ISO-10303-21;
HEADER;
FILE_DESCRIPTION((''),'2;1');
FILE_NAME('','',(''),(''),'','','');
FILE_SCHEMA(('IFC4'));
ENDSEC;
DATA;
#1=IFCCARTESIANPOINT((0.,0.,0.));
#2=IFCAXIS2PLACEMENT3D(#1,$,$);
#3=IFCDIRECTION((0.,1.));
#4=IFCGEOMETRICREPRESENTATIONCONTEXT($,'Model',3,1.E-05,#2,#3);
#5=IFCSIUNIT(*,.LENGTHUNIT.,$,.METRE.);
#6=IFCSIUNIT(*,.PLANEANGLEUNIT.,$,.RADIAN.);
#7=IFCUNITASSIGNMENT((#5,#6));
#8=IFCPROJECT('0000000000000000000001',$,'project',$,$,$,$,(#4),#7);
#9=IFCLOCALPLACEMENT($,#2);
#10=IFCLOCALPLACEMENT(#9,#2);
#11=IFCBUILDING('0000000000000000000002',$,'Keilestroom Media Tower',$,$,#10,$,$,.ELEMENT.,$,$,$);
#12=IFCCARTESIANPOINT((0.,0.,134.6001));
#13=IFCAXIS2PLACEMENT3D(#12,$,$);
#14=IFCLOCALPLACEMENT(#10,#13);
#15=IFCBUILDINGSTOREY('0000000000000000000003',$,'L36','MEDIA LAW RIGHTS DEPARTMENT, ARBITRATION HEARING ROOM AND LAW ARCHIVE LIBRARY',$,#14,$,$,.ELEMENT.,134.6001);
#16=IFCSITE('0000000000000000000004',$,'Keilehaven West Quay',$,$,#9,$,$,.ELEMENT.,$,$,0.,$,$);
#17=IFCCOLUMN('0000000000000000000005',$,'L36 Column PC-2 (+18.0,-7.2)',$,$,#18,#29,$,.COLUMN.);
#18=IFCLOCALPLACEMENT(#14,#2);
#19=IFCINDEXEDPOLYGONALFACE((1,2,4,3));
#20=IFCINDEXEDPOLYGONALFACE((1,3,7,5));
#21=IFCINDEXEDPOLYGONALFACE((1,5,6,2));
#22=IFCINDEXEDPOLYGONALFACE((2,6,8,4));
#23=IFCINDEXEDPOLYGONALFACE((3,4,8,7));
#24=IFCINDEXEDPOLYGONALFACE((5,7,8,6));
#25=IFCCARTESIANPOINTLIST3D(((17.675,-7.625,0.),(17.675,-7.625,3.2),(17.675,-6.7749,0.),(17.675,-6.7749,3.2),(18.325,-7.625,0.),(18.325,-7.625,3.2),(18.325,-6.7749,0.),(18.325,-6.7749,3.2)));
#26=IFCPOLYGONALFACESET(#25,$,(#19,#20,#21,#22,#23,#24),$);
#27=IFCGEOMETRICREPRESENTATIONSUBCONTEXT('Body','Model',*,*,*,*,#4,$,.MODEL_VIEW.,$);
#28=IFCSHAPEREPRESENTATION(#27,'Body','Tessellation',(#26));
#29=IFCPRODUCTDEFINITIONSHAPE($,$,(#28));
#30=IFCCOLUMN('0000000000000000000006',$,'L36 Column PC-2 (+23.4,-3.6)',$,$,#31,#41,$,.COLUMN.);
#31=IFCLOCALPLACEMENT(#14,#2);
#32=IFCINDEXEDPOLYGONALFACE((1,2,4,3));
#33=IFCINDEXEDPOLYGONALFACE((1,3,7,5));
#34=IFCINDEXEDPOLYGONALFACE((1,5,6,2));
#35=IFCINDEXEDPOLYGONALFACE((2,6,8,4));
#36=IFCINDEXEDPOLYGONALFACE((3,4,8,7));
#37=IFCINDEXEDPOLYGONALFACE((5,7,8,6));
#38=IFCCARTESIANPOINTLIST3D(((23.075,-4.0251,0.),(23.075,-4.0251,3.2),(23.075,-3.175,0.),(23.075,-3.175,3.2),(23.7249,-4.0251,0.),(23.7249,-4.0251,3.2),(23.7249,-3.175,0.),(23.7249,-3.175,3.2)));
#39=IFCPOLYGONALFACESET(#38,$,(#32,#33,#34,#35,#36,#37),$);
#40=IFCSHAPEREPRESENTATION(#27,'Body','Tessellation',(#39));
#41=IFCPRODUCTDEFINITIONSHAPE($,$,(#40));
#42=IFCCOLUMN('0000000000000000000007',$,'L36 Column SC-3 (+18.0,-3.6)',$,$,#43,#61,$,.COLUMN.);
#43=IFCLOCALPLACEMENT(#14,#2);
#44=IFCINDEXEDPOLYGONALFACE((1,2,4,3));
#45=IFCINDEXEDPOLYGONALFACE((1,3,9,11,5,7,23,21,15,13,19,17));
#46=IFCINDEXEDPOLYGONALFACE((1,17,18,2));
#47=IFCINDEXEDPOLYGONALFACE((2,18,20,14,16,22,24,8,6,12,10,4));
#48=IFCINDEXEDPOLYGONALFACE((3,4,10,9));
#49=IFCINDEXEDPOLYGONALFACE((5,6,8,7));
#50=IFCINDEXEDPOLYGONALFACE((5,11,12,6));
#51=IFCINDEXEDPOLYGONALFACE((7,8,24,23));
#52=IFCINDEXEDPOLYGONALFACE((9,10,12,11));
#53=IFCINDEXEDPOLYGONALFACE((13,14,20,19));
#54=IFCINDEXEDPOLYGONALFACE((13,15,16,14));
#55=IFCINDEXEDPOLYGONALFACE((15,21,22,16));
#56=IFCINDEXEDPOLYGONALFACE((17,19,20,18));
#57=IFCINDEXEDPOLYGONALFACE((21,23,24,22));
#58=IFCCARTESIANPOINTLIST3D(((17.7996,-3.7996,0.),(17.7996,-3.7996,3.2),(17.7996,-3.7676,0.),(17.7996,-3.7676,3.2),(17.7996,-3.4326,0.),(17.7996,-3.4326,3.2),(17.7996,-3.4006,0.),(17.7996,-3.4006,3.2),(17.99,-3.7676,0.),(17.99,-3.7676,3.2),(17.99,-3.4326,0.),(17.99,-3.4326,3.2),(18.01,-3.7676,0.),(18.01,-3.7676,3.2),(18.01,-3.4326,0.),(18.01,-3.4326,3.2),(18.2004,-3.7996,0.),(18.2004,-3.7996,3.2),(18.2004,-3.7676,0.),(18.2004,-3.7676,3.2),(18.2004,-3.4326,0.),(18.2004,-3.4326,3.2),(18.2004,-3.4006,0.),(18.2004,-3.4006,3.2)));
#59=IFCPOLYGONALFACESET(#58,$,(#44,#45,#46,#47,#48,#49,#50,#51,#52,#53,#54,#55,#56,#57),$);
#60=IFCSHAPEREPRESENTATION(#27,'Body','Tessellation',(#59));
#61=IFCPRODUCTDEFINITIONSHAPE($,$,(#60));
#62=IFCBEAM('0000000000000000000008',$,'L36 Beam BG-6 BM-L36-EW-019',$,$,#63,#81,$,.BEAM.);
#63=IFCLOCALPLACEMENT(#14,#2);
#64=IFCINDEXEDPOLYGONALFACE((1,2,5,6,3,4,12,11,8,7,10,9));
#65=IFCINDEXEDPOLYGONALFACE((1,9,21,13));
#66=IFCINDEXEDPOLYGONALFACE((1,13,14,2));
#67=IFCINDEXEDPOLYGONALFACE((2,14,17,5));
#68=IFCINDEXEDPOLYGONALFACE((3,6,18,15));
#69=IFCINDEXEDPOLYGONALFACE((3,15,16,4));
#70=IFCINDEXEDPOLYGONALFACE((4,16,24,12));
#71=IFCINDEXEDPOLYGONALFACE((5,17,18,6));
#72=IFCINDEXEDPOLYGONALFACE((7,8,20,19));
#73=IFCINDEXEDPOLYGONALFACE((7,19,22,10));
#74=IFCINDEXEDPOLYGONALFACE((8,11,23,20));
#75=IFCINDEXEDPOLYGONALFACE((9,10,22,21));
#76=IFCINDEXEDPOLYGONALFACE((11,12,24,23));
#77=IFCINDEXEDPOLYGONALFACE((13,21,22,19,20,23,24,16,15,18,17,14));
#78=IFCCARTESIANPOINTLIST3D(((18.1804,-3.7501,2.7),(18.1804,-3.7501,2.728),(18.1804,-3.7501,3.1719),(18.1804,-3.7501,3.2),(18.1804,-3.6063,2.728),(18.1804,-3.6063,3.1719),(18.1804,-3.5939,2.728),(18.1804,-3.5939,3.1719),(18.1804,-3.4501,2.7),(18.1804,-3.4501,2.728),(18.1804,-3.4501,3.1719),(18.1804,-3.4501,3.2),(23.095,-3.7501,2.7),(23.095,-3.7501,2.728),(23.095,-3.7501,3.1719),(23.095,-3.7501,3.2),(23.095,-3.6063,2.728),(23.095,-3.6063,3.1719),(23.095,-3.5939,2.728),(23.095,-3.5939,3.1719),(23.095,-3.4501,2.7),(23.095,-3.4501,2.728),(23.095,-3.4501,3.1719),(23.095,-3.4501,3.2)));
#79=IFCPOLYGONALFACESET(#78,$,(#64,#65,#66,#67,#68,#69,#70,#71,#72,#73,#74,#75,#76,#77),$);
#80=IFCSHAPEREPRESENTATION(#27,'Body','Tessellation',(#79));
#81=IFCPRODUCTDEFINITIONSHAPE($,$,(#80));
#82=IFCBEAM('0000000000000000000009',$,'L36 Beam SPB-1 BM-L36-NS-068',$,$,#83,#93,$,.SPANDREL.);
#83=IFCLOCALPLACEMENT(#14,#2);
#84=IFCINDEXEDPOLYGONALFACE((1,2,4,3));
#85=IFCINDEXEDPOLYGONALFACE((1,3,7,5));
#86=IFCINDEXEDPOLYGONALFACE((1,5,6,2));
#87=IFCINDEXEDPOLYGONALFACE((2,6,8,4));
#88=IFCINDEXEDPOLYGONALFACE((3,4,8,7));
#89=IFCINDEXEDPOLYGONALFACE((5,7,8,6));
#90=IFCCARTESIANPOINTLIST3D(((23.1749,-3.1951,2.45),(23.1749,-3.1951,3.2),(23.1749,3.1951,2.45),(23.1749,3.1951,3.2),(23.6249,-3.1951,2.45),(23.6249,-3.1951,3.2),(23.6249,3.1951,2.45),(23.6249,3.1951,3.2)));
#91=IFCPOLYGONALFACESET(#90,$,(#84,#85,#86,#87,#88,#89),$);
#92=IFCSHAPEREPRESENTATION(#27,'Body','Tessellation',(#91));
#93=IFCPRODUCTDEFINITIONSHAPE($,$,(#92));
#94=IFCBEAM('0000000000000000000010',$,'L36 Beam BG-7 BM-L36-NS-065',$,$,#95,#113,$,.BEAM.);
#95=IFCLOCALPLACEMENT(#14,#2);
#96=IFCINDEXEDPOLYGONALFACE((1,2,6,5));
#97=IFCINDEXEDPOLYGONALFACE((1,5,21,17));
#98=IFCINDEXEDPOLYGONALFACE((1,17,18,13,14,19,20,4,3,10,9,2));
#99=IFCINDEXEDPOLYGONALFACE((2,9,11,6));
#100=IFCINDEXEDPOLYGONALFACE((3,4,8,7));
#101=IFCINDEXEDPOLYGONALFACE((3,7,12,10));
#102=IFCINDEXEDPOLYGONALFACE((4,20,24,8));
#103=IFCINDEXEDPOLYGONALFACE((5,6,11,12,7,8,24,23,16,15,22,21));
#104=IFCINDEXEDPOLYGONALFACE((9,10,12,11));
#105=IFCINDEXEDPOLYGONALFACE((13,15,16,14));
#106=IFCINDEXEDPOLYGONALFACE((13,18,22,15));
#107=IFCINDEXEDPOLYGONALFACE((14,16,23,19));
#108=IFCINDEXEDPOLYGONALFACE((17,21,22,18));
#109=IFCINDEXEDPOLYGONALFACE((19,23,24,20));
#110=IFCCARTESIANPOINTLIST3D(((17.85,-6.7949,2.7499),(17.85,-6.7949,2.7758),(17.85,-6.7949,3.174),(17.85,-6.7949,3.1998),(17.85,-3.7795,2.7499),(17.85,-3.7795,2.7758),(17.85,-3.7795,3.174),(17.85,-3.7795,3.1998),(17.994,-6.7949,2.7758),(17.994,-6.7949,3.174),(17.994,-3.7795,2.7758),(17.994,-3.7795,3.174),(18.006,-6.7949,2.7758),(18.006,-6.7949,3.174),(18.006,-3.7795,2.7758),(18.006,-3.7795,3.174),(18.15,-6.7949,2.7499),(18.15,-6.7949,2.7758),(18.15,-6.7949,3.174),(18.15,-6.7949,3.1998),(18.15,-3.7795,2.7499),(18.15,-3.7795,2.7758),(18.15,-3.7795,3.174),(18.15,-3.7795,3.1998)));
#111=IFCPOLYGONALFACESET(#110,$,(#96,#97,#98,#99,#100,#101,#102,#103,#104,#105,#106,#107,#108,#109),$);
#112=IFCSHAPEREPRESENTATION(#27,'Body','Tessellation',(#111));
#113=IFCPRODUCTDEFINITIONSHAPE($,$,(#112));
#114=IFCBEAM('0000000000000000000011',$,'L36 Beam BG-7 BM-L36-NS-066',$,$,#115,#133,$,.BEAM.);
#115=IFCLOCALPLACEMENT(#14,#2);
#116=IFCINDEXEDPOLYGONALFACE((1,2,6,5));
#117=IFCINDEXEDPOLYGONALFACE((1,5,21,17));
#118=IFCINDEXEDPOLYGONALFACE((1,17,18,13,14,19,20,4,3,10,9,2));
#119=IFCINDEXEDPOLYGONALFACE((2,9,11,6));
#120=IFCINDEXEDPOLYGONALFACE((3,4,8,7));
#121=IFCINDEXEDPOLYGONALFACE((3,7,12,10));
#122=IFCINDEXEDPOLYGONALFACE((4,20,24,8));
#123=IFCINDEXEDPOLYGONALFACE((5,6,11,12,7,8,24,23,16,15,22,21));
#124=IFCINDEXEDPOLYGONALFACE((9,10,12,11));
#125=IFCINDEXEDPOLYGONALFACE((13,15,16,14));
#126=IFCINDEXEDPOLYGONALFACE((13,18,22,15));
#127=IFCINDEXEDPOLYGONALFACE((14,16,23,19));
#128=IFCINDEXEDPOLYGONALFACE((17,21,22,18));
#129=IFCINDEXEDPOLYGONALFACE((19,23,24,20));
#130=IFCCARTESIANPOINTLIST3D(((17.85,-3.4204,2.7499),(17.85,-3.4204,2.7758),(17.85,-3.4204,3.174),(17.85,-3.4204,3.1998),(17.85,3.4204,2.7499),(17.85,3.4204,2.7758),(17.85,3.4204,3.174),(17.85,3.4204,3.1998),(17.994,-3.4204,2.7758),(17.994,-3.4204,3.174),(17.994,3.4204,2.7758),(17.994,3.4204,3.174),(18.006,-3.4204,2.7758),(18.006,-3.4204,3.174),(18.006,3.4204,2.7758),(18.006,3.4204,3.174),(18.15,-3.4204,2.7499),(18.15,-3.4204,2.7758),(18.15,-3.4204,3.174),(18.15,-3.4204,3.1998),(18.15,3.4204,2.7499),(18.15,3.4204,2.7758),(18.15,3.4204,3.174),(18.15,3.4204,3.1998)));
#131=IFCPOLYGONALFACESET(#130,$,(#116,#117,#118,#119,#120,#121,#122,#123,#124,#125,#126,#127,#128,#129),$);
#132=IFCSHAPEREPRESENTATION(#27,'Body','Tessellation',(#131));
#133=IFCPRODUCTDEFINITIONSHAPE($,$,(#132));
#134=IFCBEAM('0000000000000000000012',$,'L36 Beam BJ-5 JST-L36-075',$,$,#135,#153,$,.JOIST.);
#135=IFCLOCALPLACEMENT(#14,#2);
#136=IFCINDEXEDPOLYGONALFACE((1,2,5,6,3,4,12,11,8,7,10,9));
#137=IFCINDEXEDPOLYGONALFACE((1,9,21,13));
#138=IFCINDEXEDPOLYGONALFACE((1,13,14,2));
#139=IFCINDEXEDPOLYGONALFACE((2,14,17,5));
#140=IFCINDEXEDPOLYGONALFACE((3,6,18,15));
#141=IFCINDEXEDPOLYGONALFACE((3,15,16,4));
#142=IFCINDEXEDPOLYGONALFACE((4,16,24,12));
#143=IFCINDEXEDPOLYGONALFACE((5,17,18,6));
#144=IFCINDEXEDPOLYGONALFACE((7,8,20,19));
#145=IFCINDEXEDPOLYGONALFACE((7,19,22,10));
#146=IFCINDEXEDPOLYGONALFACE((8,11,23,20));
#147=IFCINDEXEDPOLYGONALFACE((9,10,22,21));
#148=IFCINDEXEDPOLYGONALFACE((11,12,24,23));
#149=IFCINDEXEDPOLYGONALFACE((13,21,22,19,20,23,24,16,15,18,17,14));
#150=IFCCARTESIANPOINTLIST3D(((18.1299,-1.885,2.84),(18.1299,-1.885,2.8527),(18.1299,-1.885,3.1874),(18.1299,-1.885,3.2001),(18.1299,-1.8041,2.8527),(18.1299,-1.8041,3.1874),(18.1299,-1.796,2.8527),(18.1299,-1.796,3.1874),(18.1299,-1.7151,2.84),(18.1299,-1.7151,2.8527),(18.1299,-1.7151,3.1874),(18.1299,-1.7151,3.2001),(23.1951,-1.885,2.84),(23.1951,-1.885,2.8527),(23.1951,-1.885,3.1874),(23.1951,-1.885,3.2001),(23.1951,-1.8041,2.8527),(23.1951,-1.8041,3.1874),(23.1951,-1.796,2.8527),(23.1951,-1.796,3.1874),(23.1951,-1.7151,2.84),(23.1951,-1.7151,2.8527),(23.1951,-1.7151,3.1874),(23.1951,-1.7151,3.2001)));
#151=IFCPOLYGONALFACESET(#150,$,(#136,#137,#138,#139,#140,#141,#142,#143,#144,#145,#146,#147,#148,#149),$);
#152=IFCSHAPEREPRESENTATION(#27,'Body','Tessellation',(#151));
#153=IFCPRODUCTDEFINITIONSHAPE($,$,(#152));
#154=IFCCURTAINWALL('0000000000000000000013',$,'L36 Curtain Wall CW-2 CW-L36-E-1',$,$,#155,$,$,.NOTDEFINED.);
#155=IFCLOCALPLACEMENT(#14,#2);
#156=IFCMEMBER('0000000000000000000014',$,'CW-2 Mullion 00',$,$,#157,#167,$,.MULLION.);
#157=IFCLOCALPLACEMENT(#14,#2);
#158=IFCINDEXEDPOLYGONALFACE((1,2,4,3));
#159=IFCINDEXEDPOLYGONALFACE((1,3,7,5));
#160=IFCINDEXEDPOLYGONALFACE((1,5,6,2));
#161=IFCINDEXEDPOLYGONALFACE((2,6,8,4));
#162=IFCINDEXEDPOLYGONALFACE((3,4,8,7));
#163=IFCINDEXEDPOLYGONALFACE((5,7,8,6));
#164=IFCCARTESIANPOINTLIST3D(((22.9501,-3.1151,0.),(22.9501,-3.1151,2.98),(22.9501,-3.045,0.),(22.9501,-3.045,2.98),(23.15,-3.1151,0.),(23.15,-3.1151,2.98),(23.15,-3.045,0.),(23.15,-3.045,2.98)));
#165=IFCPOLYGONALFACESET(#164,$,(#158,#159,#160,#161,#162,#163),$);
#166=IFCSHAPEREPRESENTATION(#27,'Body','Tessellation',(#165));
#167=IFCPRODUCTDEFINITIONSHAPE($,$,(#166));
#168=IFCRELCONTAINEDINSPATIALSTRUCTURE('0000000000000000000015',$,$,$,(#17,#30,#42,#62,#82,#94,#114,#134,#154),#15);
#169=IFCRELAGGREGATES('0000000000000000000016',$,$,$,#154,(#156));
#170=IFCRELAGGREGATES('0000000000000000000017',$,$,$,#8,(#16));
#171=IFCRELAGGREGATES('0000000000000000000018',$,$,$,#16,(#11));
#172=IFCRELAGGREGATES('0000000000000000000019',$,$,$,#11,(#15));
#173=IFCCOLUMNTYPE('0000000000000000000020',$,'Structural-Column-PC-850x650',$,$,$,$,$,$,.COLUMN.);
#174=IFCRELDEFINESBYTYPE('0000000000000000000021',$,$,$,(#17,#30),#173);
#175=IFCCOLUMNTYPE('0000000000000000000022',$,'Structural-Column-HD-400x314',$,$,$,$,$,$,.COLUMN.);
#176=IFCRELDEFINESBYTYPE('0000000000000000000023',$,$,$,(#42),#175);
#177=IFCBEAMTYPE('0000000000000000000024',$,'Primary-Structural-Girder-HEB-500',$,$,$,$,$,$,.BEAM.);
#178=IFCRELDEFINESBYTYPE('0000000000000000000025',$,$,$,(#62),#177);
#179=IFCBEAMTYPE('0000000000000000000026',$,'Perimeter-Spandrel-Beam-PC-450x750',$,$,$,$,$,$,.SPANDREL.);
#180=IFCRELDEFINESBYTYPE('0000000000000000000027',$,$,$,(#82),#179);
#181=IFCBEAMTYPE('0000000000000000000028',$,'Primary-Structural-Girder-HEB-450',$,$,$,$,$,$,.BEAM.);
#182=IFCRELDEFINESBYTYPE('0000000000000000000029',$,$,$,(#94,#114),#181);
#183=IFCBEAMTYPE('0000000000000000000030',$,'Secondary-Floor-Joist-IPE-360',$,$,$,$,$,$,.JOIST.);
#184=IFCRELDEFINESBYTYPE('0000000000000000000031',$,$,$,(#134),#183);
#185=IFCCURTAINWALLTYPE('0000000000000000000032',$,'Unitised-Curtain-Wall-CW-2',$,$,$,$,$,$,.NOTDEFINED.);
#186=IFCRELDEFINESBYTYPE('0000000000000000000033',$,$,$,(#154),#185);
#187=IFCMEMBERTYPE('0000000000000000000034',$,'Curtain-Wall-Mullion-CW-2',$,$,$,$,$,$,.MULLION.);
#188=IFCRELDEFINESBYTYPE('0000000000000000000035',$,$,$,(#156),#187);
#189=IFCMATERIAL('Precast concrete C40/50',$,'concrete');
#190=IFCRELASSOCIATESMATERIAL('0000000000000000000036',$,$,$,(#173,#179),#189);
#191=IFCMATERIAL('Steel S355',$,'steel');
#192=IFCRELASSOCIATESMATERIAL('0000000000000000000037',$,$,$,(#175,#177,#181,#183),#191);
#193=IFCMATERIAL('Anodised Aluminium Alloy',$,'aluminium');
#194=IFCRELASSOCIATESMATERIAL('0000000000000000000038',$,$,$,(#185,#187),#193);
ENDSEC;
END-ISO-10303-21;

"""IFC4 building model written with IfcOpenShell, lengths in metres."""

from ifc_helpers import new_model, si_unit, direction, frame, origin, origin_2d, place, context, subcontext, project, spatial, rectangle, i_section, extrude, source, transform, mapped, material, material_profile, profile_set, type_object, element, aggregate, save


model = new_model("IFC4")

# Units and contexts
model_context = context("Model", 3, precision=1e-05, world=origin(), true_north=direction((0.0, 1.0)))
body_context = subcontext(model_context, "Body", "Model", "MODEL_VIEW")
ifc_project = project(units=[si_unit("LENGTHUNIT", "METRE"), si_unit("PLANEANGLEUNIT", "RADIAN")], contexts=[model_context])

# Site, building, storey
site_placement = place(None, origin())
site = spatial("IfcSite", under=ifc_project, at=site_placement, Name="Keilehaven West Quay", CompositionType="ELEMENT", RefElevation=0.0)
building_placement = place(site_placement, origin())
building = spatial("IfcBuilding", under=site, at=building_placement, Name="Keilestroom Media Tower", CompositionType="ELEMENT")
storey_placement = place(building_placement, frame((0.0, 0.0, 134.6001)))
storey = spatial("IfcBuildingStorey", under=building, at=storey_placement, Name="L36", Description="MEDIA LAW RIGHTS DEPARTMENT, ARBITRATION HEARING ROOM AND LAW ARCHIVE LIBRARY", CompositionType="ELEMENT", Elevation=134.6001)

# Columns
ifc_material_1 = material(Name="Precast concrete C40/50", Category="concrete")
ifc_material_profile_1 = material_profile(ifc_material_1, rectangle(XDim=0.6499, YDim=0.8501, at=origin_2d()), Name="PC 850x650")
ifc_profile_set_1 = profile_set([ifc_material_profile_1], Name="Precast concrete C40/50")
column_type_1 = type_object("IfcColumnType", Name="Structural-Column-PC-850x650", PredefinedType="COLUMN", material=ifc_profile_set_1)
shared_shape_1 = source(origin(), body_context, "Body", "SweptSolid", [
    extrude(rectangle(XDim=0.6499, YDim=0.8501, at=origin_2d()), origin(), (0.0, 0.0, 1.0), 3.2),
])
for number, where, z_axis, x_axis, name in (
    (1, (18.0, -7.2, 0.0), (0.0, 0.0, 1.0), (1.0, 0.0, 0.0), "L36 Column PC-2 (+18.0,-7.2)"),
    (2, (23.3999, -3.6001, 0.0), (0.0, 0.0, 1.0), (1.0, 0.0, 0.0), "L36 Column PC-2 (+23.4,-3.6)"),
):
    element("IfcColumn", number, at=place(storey_placement, frame(where, z_axis=z_axis, x_axis=x_axis)), inside=storey, type_object=column_type_1, Name=name, PredefinedType="COLUMN", context=body_context, shape_type="MappedRepresentation", body=[
        mapped(shared_shape_1, transform((0.0, 0.0, 0.0), x_axis=(1.0, 0.0, 0.0), y_axis=(0.0, 1.0, 0.0), z_axis=(0.0, 0.0, 1.0), scale=1.0)),
    ])
ifc_material_2 = material(Name="Steel S355", Category="steel")
ifc_material_profile_2 = material_profile(ifc_material_2, i_section(OverallWidth=0.4009, OverallDepth=0.3989, WebThickness=0.02, FlangeThickness=0.032, at=origin_2d()), Name="HD 400x314")
ifc_profile_set_2 = profile_set([ifc_material_profile_2], Name="Steel S355")
column_type_2 = type_object("IfcColumnType", Name="Structural-Column-HD-400x314", PredefinedType="COLUMN", material=ifc_profile_set_2)
shared_shape_2 = source(origin(), body_context, "Body", "SweptSolid", [
    extrude(i_section(OverallWidth=0.4009, OverallDepth=0.3989, WebThickness=0.02, FlangeThickness=0.032, at=origin_2d()), origin(), (0.0, 0.0, 1.0), 3.2),
])
column_placement = place(storey_placement, frame((18.0, -3.6001, 0.0), z_axis=(0.0, 0.0, 1.0), x_axis=(1.0, 0.0, 0.0)))
element("IfcColumn", 3, at=column_placement, inside=storey, type_object=column_type_2, Name="L36 Column SC-3 (+18.0,-3.6)", PredefinedType="COLUMN", context=body_context, shape_type="MappedRepresentation", body=[
    mapped(shared_shape_2, transform((0.0, 0.0, 0.0), x_axis=(1.0, 0.0, 0.0), y_axis=(0.0, 1.0, 0.0), z_axis=(0.0, 0.0, 1.0), scale=1.0)),
])

# Beams
ifc_material_profile_3 = material_profile(ifc_material_2, i_section(OverallWidth=0.3, OverallDepth=0.5, WebThickness=0.0125, FlangeThickness=0.0281, at=origin_2d()), Name="HEB 500")
ifc_profile_set_3 = profile_set([ifc_material_profile_3], Name="Steel S355")
beam_type_1 = type_object("IfcBeamType", Name="Primary-Structural-Girder-HEB-500", PredefinedType="BEAM", material=ifc_profile_set_3)
shared_shape_3 = source(origin(), body_context, "Body", "SweptSolid", [
    extrude(i_section(OverallWidth=0.3, OverallDepth=0.5, WebThickness=0.0125, FlangeThickness=0.0281, at=origin_2d()), origin(), (0.0, 0.0, 1.0), 4.9146),
])
beam_1_placement = place(storey_placement, frame((18.1804, -3.6001, 2.95), z_axis=(1.0, 0.0, 0.0), x_axis=(0.0, 1.0, 0.0)))
element("IfcBeam", 4, at=beam_1_placement, inside=storey, type_object=beam_type_1, Name="L36 Beam BG-6 BM-L36-EW-019", PredefinedType="BEAM", context=body_context, shape_type="MappedRepresentation", body=[
    mapped(shared_shape_3, transform((0.0, 0.0, 0.0), x_axis=(1.0, 0.0, 0.0), y_axis=(0.0, 1.0, 0.0), z_axis=(0.0, 0.0, 1.0), scale=1.0)),
])
ifc_material_profile_4 = material_profile(ifc_material_1, rectangle(XDim=0.45, YDim=0.75, at=origin_2d()), Name="PC 450x750")
ifc_profile_set_4 = profile_set([ifc_material_profile_4], Name="Precast concrete C40/50")
beam_type_2 = type_object("IfcBeamType", Name="Perimeter-Spandrel-Beam-PC-450x750", PredefinedType="SPANDREL", material=ifc_profile_set_4)
shared_shape_4 = source(origin(), body_context, "Body", "SweptSolid", [
    extrude(rectangle(XDim=0.45, YDim=0.75, at=origin_2d()), origin(), (0.0, 0.0, 1.0), 6.3901),
])
beam_2_placement = place(storey_placement, frame((23.3999, -3.1951, 2.825), z_axis=(0.0, 1.0, 0.0), x_axis=(-1.0, 0.0, 0.0)))
element("IfcBeam", 5, at=beam_2_placement, inside=storey, type_object=beam_type_2, Name="L36 Beam SPB-1 BM-L36-NS-068", PredefinedType="SPANDREL", context=body_context, shape_type="MappedRepresentation", body=[
    mapped(shared_shape_4, transform((0.0, 0.0, 0.0), x_axis=(1.0, 0.0, 0.0), y_axis=(0.0, 1.0, 0.0), z_axis=(0.0, 0.0, 1.0), scale=1.0)),
])
ifc_material_profile_5 = material_profile(ifc_material_2, i_section(OverallWidth=0.3, OverallDepth=0.45, WebThickness=0.012, FlangeThickness=0.0259, at=origin_2d()), Name="HEB 450")
ifc_profile_set_5 = profile_set([ifc_material_profile_5], Name="Steel S355")
beam_type_3 = type_object("IfcBeamType", Name="Primary-Structural-Girder-HEB-450", PredefinedType="BEAM", material=ifc_profile_set_5)
shared_shape_5 = source(origin(), body_context, "Body", "SweptSolid", [
    extrude(i_section(OverallWidth=0.3, OverallDepth=0.45, WebThickness=0.012, FlangeThickness=0.0259, at=origin_2d()), origin(), (0.0, 0.0, 1.0), 3.0154),
])
beam_3_placement = place(storey_placement, frame((18.0, -6.7949, 2.9749), z_axis=(0.0, 1.0, 0.0), x_axis=(-1.0, 0.0, 0.0)))
element("IfcBeam", 6, at=beam_3_placement, inside=storey, type_object=beam_type_3, Name="L36 Beam BG-7 BM-L36-NS-065", PredefinedType="BEAM", context=body_context, shape_type="MappedRepresentation", body=[
    mapped(shared_shape_5, transform((0.0, 0.0, 0.0), x_axis=(1.0, 0.0, 0.0), y_axis=(0.0, 1.0, 0.0), z_axis=(0.0, 0.0, 1.0), scale=1.0)),
])
shared_shape_6 = source(origin(), body_context, "Body", "SweptSolid", [
    extrude(i_section(OverallWidth=0.3, OverallDepth=0.45, WebThickness=0.012, FlangeThickness=0.0259, at=origin_2d()), origin(), (0.0, 0.0, 1.0), 6.8408),
])
beam_4_placement = place(storey_placement, frame((18.0, -3.4204, 2.9749), z_axis=(0.0, 1.0, 0.0), x_axis=(-1.0, 0.0, 0.0)))
element("IfcBeam", 7, at=beam_4_placement, inside=storey, type_object=beam_type_3, Name="L36 Beam BG-7 BM-L36-NS-066", PredefinedType="BEAM", context=body_context, shape_type="MappedRepresentation", body=[
    mapped(shared_shape_6, transform((0.0, 0.0, 0.0), x_axis=(1.0, 0.0, 0.0), y_axis=(0.0, 1.0, 0.0), z_axis=(0.0, 0.0, 1.0), scale=1.0)),
])
ifc_material_profile_6 = material_profile(ifc_material_2, i_section(OverallWidth=0.1699, OverallDepth=0.3601, WebThickness=0.0081, FlangeThickness=0.0127, at=origin_2d()), Name="IPE 360")
ifc_profile_set_6 = profile_set([ifc_material_profile_6], Name="Steel S355")
beam_type_4 = type_object("IfcBeamType", Name="Secondary-Floor-Joist-IPE-360", PredefinedType="JOIST", material=ifc_profile_set_6)
shared_shape_7 = source(origin(), body_context, "Body", "SweptSolid", [
    extrude(i_section(OverallWidth=0.1699, OverallDepth=0.3601, WebThickness=0.0081, FlangeThickness=0.0127, at=origin_2d()), origin(), (0.0, 0.0, 1.0), 5.0652),
])
beam_5_placement = place(storey_placement, frame((18.1299, -1.8, 3.02), z_axis=(1.0, 0.0, 0.0), x_axis=(0.0, 1.0, 0.0)))
element("IfcBeam", 8, at=beam_5_placement, inside=storey, type_object=beam_type_4, Name="L36 Beam BJ-5 JST-L36-075", PredefinedType="JOIST", context=body_context, shape_type="MappedRepresentation", body=[
    mapped(shared_shape_7, transform((0.0, 0.0, 0.0), x_axis=(1.0, 0.0, 0.0), y_axis=(0.0, 1.0, 0.0), z_axis=(0.0, 0.0, 1.0), scale=1.0)),
])

# Curtain wall, member
ifc_material_3 = material(Name="Anodised Aluminium Alloy", Category="aluminium")
curtain_wall_type = type_object("IfcCurtainWallType", Name="Unitised-Curtain-Wall-CW-2", PredefinedType="NOTDEFINED", material=ifc_material_3)
curtain_wall_1_placement = place(storey_placement, origin())
curtain_wall_1 = element("IfcCurtainWall", 9, at=curtain_wall_1_placement, inside=storey, type_object=curtain_wall_type, Name="L36 Curtain Wall CW-2 CW-L36-E-1", PredefinedType="NOTDEFINED")
ifc_material_profile_7 = material_profile(ifc_material_3, rectangle(XDim=0.0701, YDim=0.2, at=origin_2d()), Name="ALU MULLION 70x200")
ifc_profile_set_7 = profile_set([ifc_material_profile_7], Name="Anodised Aluminium Alloy")
member_type_1 = type_object("IfcMemberType", Name="Curtain-Wall-Mullion-CW-2", PredefinedType="MULLION", material=ifc_profile_set_7)
shared_shape_8 = source(origin(), body_context, "Body", "SweptSolid", [
    extrude(rectangle(XDim=0.0701, YDim=0.2, at=origin_2d()), origin(), (0.0, 0.0, 1.0), 2.98),
])
member_1_placement = place(storey_placement, frame((23.05, -3.0801, 0.0), z_axis=(0.0, 0.0, 1.0), x_axis=(0.0, 1.0, 0.0)))
member_1 = element("IfcMember", 10, at=member_1_placement, type_object=member_type_1, Name="CW-2 Mullion 00", PredefinedType="MULLION", context=body_context, shape_type="MappedRepresentation", body=[
    mapped(shared_shape_8, transform((0.0, 0.0, 0.0), x_axis=(1.0, 0.0, 0.0), y_axis=(0.0, 1.0, 0.0), z_axis=(0.0, 0.0, 1.0), scale=1.0)),
])

aggregate(curtain_wall_1, [member_1])

save(model, "model.ifc")
